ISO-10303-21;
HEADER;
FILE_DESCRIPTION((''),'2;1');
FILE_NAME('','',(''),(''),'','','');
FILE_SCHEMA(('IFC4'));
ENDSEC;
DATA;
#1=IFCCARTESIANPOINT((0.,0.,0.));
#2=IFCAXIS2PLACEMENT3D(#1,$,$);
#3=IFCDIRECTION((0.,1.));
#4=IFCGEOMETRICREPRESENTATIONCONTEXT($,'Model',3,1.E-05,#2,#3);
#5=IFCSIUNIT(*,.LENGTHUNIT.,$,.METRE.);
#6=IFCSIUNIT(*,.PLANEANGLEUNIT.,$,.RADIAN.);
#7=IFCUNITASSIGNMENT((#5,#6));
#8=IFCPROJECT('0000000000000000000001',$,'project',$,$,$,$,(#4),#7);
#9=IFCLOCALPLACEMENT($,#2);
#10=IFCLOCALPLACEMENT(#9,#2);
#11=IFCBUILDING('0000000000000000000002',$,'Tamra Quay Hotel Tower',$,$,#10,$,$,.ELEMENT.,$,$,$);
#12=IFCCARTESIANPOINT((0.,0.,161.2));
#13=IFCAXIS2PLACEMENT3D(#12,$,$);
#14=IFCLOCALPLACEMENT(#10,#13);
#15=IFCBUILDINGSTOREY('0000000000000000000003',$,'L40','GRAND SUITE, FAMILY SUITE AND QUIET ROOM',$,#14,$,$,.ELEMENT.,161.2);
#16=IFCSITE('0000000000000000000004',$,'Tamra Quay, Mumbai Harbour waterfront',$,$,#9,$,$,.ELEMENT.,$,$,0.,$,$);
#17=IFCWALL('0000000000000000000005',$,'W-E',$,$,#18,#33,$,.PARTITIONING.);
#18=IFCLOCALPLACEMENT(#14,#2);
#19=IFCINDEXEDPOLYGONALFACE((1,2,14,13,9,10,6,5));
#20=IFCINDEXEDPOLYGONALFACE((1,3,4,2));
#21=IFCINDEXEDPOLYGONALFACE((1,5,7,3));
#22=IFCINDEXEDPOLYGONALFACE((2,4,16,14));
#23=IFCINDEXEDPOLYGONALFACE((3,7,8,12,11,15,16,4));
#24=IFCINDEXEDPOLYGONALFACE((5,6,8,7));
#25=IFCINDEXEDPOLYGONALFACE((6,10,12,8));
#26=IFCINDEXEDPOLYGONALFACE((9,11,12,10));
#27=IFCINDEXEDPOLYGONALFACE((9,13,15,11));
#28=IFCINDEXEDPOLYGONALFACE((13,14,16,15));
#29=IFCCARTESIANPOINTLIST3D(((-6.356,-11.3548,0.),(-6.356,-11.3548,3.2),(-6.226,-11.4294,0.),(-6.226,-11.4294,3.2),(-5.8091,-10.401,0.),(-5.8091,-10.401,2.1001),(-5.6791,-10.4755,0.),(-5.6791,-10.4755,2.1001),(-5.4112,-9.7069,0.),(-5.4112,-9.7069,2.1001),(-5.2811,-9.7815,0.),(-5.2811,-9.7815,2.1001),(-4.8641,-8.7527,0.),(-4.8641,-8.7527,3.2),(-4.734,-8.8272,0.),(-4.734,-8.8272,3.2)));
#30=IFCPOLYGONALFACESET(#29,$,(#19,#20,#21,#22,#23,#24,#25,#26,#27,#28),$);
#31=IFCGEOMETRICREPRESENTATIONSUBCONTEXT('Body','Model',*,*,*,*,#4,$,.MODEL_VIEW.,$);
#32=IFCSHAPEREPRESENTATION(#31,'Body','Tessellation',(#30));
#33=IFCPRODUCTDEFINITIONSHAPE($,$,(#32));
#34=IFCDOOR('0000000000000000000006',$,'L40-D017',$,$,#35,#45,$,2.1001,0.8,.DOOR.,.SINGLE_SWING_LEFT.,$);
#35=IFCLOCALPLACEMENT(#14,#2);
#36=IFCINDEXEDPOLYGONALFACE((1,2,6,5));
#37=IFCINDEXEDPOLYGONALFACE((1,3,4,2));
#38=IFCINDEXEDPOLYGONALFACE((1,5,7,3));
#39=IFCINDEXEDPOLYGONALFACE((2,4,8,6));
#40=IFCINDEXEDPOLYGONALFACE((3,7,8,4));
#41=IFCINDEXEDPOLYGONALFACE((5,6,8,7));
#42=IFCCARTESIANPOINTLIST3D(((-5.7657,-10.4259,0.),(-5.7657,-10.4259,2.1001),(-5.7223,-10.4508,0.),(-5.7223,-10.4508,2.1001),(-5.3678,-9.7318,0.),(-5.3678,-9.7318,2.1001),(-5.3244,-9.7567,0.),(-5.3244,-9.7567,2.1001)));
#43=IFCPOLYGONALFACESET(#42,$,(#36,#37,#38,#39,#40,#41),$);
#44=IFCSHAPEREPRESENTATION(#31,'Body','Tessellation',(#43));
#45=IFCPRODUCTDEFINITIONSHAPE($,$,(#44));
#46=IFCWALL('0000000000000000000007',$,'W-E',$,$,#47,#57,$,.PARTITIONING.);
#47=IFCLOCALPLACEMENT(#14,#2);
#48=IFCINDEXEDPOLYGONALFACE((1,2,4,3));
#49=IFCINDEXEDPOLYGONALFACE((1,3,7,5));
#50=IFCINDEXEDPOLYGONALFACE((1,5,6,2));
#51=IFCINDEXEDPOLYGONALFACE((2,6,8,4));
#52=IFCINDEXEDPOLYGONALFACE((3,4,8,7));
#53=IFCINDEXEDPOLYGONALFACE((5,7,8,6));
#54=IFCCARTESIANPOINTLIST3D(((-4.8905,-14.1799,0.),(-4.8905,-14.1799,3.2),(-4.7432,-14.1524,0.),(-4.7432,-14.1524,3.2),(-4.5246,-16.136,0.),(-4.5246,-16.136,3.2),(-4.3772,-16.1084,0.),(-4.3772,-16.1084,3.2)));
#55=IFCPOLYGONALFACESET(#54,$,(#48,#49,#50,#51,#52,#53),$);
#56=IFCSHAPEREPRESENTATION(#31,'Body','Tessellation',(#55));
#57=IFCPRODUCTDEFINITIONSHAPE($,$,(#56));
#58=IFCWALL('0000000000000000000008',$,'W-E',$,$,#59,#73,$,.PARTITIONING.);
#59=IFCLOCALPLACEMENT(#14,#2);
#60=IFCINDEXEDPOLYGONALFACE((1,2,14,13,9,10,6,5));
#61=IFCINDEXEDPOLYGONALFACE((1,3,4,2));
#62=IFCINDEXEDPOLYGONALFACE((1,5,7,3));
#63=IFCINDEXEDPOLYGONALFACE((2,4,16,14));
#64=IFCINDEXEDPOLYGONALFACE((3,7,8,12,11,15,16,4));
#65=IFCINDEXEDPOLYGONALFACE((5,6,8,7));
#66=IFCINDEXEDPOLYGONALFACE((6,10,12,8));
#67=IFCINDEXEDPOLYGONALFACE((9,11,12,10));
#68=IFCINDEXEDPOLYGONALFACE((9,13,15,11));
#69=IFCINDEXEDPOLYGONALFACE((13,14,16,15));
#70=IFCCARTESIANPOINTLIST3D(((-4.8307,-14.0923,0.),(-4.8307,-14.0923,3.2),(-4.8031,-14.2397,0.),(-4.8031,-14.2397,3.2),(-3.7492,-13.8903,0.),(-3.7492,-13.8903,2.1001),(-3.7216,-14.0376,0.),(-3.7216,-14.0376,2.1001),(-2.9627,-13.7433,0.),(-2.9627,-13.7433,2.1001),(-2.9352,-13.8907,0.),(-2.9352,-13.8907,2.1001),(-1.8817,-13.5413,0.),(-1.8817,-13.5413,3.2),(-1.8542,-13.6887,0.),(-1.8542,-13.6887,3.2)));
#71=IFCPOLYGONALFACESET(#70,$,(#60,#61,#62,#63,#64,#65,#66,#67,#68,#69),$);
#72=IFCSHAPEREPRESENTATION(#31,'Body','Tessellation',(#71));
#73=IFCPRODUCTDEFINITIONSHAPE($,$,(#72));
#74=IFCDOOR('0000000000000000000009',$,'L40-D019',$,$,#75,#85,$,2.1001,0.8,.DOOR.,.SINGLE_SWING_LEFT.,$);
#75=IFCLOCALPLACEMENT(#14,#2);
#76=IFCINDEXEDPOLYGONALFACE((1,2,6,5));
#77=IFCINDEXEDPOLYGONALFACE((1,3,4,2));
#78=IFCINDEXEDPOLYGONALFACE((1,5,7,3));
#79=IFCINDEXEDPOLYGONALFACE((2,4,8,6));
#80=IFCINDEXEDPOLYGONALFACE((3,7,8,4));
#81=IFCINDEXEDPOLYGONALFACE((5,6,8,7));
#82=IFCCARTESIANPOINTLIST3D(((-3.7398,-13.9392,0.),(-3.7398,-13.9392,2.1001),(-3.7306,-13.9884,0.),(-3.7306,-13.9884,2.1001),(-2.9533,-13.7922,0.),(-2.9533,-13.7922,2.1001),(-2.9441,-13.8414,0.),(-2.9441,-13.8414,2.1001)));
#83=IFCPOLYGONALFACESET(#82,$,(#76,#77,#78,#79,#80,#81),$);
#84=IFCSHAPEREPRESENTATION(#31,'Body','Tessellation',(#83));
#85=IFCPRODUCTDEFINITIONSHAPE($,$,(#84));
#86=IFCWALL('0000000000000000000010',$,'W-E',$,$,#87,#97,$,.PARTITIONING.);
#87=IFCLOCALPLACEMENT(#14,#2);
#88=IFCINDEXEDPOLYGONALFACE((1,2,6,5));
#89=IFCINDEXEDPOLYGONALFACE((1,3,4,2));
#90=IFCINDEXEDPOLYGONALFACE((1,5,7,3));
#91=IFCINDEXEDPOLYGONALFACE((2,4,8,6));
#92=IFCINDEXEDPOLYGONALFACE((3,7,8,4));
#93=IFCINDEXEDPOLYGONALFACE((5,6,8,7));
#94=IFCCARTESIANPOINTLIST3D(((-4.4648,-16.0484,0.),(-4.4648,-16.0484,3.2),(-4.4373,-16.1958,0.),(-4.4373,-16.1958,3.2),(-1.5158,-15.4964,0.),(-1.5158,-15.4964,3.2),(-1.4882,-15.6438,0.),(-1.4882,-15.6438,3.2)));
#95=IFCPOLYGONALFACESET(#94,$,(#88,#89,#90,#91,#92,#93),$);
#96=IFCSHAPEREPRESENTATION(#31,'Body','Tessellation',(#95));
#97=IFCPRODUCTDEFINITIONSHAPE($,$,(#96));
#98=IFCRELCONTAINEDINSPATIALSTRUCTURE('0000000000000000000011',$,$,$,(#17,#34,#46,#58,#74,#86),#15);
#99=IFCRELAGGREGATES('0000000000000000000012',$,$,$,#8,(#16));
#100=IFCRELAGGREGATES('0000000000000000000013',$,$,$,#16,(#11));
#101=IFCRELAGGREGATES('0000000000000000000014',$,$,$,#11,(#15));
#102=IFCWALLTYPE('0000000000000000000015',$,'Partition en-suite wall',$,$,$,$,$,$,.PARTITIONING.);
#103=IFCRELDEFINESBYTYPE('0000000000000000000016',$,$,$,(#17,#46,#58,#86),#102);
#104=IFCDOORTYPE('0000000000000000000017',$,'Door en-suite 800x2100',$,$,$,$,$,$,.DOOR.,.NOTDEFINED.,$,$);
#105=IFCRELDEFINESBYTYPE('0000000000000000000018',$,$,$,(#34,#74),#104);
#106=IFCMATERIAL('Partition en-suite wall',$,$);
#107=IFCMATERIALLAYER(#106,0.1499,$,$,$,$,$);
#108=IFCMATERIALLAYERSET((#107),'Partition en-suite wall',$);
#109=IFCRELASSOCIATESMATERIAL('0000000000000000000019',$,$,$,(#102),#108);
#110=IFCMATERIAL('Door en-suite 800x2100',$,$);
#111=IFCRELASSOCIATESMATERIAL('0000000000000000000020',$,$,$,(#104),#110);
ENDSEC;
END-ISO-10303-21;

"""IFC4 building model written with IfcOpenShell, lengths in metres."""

from ifc_helpers import new_model, si_unit, direction, frame, frame_2d, origin, place, context, subcontext, project, spatial, rectangle, extrude, material, layer, layer_set, type_object, element, fill, save


model = new_model("IFC4")

# Units and contexts
model_context = context("Model", 3, precision=1e-05, world=origin(), true_north=direction((0.0, 1.0)))
body_context = subcontext(model_context, "Body", "Model", "MODEL_VIEW")
ifc_project = project(units=[si_unit("LENGTHUNIT", "METRE"), si_unit("PLANEANGLEUNIT", "RADIAN")], contexts=[model_context])

# Site, building, storey
site_placement = place(None, origin())
site = spatial("IfcSite", under=ifc_project, at=site_placement, Name="Tamra Quay, Mumbai Harbour waterfront", CompositionType="ELEMENT", RefElevation=0.0)
building_placement = place(site_placement, origin())
building = spatial("IfcBuilding", under=site, at=building_placement, Name="Tamra Quay Hotel Tower", CompositionType="ELEMENT")
storey_placement = place(building_placement, frame((0.0, 0.0, 161.2)))
storey = spatial("IfcBuildingStorey", under=building, at=storey_placement, Name="L40", Description="GRAND SUITE, FAMILY SUITE AND QUIET ROOM", CompositionType="ELEMENT", Elevation=161.2)

# Shared definitions
ifc_material_1 = material(Name="Partition en-suite wall")
ifc_layer_1 = layer(ifc_material_1, 0.1499)
ifc_layer_set_1 = layer_set([ifc_layer_1], Name="Partition en-suite wall")
wall_type_1 = type_object("IfcWallType", Name="Partition en-suite wall", PredefinedType="PARTITIONING", material=ifc_layer_set_1)
ifc_material_2 = material(Name="Door en-suite 800x2100")
door_type_1 = type_object("IfcDoorType", Name="Door en-suite 800x2100", OperationType="NOTDEFINED", PredefinedType="DOOR", material=ifc_material_2)

# Wall, opening, door
wall_1_placement = place(storey_placement, frame((-6.291, -11.3921, 0.0), z_axis=(0.0, 0.0, 1.0), x_axis=(0.497409, 0.867516, 0.0)))
wall_1 = element("IfcWall", 1, at=wall_1_placement, inside=storey, type_object=wall_type_1, Name="W-E", PredefinedType="PARTITIONING", context=body_context, shape_type="SweptSolid", body=[
    extrude(rectangle(XDim=2.9995, YDim=0.1499, at=frame_2d((1.4998, 0.0))), origin(), (0.0, 0.0, 1.0), 3.2),
])
opening_1_placement = place(wall_1_placement, frame((1.0996, 0.0, 0.0)))
opening_1 = element("IfcOpeningElement", 2, at=opening_1_placement, cuts=wall_1, PredefinedType="OPENING", context=body_context, shape_type="SweptSolid", body=[
    extrude(rectangle(XDim=0.8, YDim=2.1001, at=frame_2d((0.3999, 1.05))), frame((0.0, 0.085, 0.0), z_axis=(0.0, -1.0, 0.0), x_axis=(1.0, 0.0, 0.0)), (0.0, 0.0, 1.0), 0.1699),
])
door_1_placement = place(opening_1_placement, origin())
door_1 = element("IfcDoor", 3, at=door_1_placement, inside=storey, type_object=door_type_1, Name="L40-D017", OperationType="SINGLE_SWING_LEFT", OverallHeight=2.1001, OverallWidth=0.8, PredefinedType="DOOR", context=body_context, shape_type="SweptSolid", body=[
    extrude(rectangle(XDim=0.8, YDim=2.1001, at=frame_2d((0.3999, 1.05))), frame((0.0, 0.0249, 0.0), z_axis=(0.0, -1.0, 0.0), x_axis=(1.0, 0.0, 0.0)), (0.0, 0.0, 1.0), 0.05),
])
fill(opening_1, door_1)

# Wall
wall_2_placement = place(storey_placement, frame((-4.8169, -14.166, 0.0), z_axis=(0.0, 0.0, 1.0), x_axis=(0.183903, -0.982944, 0.0)))
element("IfcWall", 4, at=wall_2_placement, inside=storey, type_object=wall_type_1, Name="W-E", PredefinedType="PARTITIONING", context=body_context, shape_type="SweptSolid", body=[
    extrude(rectangle(XDim=1.99, YDim=0.1499, at=frame_2d((0.9951, 0.0))), origin(), (0.0, 0.0, 1.0), 3.2),
])

# Wall, opening, door
wall_3_placement = place(storey_placement, frame((-4.8169, -14.166, 0.0), z_axis=(0.0, 0.0, 1.0), x_axis=(0.982987, 0.183674, 0.0)))
wall_3 = element("IfcWall", 5, at=wall_3_placement, inside=storey, type_object=wall_type_1, Name="W-E", PredefinedType="PARTITIONING", context=body_context, shape_type="SweptSolid", body=[
    extrude(rectangle(XDim=3.0, YDim=0.1499, at=frame_2d((1.5, 0.0))), origin(), (0.0, 0.0, 1.0), 3.2),
])
opening_2_placement = place(wall_3_placement, frame((1.1003, 0.0, 0.0)))
opening_2 = element("IfcOpeningElement", 6, at=opening_2_placement, cuts=wall_3, PredefinedType="OPENING", context=body_context, shape_type="SweptSolid", body=[
    extrude(rectangle(XDim=0.8, YDim=2.1001, at=frame_2d((0.3999, 1.05))), frame((0.0, 0.085, 0.0), z_axis=(0.0, -1.0, 0.0), x_axis=(1.0, 0.0, 0.0)), (0.0, 0.0, 1.0), 0.1699),
])
door_2_placement = place(opening_2_placement, frame((0.8, 0.0, 0.0), z_axis=(0.0, 0.0, 1.0), x_axis=(-1.0, 0.0, 0.0)))
door_2 = element("IfcDoor", 7, at=door_2_placement, inside=storey, type_object=door_type_1, Name="L40-D019", OperationType="SINGLE_SWING_LEFT", OverallHeight=2.1001, OverallWidth=0.8, PredefinedType="DOOR", context=body_context, shape_type="SweptSolid", body=[
    extrude(rectangle(XDim=0.8, YDim=2.1001, at=frame_2d((0.3999, 1.05))), frame((0.0, 0.0249, 0.0), z_axis=(0.0, -1.0, 0.0), x_axis=(1.0, 0.0, 0.0)), (0.0, 0.0, 1.0), 0.05),
])
fill(opening_2, door_2)

# Wall
wall_4_placement = place(storey_placement, frame((-4.4509, -16.1221, 0.0), z_axis=(0.0, 0.0, 1.0), x_axis=(0.982928, 0.183989, 0.0)))
element("IfcWall", 8, at=wall_4_placement, inside=storey, type_object=wall_type_1, Name="W-E", PredefinedType="PARTITIONING", context=body_context, shape_type="SweptSolid", body=[
    extrude(rectangle(XDim=3.0002, YDim=0.1499, at=frame_2d((1.5, 0.0))), origin(), (0.0, 0.0, 1.0), 3.2),
])

save(model, "model.ifc")
